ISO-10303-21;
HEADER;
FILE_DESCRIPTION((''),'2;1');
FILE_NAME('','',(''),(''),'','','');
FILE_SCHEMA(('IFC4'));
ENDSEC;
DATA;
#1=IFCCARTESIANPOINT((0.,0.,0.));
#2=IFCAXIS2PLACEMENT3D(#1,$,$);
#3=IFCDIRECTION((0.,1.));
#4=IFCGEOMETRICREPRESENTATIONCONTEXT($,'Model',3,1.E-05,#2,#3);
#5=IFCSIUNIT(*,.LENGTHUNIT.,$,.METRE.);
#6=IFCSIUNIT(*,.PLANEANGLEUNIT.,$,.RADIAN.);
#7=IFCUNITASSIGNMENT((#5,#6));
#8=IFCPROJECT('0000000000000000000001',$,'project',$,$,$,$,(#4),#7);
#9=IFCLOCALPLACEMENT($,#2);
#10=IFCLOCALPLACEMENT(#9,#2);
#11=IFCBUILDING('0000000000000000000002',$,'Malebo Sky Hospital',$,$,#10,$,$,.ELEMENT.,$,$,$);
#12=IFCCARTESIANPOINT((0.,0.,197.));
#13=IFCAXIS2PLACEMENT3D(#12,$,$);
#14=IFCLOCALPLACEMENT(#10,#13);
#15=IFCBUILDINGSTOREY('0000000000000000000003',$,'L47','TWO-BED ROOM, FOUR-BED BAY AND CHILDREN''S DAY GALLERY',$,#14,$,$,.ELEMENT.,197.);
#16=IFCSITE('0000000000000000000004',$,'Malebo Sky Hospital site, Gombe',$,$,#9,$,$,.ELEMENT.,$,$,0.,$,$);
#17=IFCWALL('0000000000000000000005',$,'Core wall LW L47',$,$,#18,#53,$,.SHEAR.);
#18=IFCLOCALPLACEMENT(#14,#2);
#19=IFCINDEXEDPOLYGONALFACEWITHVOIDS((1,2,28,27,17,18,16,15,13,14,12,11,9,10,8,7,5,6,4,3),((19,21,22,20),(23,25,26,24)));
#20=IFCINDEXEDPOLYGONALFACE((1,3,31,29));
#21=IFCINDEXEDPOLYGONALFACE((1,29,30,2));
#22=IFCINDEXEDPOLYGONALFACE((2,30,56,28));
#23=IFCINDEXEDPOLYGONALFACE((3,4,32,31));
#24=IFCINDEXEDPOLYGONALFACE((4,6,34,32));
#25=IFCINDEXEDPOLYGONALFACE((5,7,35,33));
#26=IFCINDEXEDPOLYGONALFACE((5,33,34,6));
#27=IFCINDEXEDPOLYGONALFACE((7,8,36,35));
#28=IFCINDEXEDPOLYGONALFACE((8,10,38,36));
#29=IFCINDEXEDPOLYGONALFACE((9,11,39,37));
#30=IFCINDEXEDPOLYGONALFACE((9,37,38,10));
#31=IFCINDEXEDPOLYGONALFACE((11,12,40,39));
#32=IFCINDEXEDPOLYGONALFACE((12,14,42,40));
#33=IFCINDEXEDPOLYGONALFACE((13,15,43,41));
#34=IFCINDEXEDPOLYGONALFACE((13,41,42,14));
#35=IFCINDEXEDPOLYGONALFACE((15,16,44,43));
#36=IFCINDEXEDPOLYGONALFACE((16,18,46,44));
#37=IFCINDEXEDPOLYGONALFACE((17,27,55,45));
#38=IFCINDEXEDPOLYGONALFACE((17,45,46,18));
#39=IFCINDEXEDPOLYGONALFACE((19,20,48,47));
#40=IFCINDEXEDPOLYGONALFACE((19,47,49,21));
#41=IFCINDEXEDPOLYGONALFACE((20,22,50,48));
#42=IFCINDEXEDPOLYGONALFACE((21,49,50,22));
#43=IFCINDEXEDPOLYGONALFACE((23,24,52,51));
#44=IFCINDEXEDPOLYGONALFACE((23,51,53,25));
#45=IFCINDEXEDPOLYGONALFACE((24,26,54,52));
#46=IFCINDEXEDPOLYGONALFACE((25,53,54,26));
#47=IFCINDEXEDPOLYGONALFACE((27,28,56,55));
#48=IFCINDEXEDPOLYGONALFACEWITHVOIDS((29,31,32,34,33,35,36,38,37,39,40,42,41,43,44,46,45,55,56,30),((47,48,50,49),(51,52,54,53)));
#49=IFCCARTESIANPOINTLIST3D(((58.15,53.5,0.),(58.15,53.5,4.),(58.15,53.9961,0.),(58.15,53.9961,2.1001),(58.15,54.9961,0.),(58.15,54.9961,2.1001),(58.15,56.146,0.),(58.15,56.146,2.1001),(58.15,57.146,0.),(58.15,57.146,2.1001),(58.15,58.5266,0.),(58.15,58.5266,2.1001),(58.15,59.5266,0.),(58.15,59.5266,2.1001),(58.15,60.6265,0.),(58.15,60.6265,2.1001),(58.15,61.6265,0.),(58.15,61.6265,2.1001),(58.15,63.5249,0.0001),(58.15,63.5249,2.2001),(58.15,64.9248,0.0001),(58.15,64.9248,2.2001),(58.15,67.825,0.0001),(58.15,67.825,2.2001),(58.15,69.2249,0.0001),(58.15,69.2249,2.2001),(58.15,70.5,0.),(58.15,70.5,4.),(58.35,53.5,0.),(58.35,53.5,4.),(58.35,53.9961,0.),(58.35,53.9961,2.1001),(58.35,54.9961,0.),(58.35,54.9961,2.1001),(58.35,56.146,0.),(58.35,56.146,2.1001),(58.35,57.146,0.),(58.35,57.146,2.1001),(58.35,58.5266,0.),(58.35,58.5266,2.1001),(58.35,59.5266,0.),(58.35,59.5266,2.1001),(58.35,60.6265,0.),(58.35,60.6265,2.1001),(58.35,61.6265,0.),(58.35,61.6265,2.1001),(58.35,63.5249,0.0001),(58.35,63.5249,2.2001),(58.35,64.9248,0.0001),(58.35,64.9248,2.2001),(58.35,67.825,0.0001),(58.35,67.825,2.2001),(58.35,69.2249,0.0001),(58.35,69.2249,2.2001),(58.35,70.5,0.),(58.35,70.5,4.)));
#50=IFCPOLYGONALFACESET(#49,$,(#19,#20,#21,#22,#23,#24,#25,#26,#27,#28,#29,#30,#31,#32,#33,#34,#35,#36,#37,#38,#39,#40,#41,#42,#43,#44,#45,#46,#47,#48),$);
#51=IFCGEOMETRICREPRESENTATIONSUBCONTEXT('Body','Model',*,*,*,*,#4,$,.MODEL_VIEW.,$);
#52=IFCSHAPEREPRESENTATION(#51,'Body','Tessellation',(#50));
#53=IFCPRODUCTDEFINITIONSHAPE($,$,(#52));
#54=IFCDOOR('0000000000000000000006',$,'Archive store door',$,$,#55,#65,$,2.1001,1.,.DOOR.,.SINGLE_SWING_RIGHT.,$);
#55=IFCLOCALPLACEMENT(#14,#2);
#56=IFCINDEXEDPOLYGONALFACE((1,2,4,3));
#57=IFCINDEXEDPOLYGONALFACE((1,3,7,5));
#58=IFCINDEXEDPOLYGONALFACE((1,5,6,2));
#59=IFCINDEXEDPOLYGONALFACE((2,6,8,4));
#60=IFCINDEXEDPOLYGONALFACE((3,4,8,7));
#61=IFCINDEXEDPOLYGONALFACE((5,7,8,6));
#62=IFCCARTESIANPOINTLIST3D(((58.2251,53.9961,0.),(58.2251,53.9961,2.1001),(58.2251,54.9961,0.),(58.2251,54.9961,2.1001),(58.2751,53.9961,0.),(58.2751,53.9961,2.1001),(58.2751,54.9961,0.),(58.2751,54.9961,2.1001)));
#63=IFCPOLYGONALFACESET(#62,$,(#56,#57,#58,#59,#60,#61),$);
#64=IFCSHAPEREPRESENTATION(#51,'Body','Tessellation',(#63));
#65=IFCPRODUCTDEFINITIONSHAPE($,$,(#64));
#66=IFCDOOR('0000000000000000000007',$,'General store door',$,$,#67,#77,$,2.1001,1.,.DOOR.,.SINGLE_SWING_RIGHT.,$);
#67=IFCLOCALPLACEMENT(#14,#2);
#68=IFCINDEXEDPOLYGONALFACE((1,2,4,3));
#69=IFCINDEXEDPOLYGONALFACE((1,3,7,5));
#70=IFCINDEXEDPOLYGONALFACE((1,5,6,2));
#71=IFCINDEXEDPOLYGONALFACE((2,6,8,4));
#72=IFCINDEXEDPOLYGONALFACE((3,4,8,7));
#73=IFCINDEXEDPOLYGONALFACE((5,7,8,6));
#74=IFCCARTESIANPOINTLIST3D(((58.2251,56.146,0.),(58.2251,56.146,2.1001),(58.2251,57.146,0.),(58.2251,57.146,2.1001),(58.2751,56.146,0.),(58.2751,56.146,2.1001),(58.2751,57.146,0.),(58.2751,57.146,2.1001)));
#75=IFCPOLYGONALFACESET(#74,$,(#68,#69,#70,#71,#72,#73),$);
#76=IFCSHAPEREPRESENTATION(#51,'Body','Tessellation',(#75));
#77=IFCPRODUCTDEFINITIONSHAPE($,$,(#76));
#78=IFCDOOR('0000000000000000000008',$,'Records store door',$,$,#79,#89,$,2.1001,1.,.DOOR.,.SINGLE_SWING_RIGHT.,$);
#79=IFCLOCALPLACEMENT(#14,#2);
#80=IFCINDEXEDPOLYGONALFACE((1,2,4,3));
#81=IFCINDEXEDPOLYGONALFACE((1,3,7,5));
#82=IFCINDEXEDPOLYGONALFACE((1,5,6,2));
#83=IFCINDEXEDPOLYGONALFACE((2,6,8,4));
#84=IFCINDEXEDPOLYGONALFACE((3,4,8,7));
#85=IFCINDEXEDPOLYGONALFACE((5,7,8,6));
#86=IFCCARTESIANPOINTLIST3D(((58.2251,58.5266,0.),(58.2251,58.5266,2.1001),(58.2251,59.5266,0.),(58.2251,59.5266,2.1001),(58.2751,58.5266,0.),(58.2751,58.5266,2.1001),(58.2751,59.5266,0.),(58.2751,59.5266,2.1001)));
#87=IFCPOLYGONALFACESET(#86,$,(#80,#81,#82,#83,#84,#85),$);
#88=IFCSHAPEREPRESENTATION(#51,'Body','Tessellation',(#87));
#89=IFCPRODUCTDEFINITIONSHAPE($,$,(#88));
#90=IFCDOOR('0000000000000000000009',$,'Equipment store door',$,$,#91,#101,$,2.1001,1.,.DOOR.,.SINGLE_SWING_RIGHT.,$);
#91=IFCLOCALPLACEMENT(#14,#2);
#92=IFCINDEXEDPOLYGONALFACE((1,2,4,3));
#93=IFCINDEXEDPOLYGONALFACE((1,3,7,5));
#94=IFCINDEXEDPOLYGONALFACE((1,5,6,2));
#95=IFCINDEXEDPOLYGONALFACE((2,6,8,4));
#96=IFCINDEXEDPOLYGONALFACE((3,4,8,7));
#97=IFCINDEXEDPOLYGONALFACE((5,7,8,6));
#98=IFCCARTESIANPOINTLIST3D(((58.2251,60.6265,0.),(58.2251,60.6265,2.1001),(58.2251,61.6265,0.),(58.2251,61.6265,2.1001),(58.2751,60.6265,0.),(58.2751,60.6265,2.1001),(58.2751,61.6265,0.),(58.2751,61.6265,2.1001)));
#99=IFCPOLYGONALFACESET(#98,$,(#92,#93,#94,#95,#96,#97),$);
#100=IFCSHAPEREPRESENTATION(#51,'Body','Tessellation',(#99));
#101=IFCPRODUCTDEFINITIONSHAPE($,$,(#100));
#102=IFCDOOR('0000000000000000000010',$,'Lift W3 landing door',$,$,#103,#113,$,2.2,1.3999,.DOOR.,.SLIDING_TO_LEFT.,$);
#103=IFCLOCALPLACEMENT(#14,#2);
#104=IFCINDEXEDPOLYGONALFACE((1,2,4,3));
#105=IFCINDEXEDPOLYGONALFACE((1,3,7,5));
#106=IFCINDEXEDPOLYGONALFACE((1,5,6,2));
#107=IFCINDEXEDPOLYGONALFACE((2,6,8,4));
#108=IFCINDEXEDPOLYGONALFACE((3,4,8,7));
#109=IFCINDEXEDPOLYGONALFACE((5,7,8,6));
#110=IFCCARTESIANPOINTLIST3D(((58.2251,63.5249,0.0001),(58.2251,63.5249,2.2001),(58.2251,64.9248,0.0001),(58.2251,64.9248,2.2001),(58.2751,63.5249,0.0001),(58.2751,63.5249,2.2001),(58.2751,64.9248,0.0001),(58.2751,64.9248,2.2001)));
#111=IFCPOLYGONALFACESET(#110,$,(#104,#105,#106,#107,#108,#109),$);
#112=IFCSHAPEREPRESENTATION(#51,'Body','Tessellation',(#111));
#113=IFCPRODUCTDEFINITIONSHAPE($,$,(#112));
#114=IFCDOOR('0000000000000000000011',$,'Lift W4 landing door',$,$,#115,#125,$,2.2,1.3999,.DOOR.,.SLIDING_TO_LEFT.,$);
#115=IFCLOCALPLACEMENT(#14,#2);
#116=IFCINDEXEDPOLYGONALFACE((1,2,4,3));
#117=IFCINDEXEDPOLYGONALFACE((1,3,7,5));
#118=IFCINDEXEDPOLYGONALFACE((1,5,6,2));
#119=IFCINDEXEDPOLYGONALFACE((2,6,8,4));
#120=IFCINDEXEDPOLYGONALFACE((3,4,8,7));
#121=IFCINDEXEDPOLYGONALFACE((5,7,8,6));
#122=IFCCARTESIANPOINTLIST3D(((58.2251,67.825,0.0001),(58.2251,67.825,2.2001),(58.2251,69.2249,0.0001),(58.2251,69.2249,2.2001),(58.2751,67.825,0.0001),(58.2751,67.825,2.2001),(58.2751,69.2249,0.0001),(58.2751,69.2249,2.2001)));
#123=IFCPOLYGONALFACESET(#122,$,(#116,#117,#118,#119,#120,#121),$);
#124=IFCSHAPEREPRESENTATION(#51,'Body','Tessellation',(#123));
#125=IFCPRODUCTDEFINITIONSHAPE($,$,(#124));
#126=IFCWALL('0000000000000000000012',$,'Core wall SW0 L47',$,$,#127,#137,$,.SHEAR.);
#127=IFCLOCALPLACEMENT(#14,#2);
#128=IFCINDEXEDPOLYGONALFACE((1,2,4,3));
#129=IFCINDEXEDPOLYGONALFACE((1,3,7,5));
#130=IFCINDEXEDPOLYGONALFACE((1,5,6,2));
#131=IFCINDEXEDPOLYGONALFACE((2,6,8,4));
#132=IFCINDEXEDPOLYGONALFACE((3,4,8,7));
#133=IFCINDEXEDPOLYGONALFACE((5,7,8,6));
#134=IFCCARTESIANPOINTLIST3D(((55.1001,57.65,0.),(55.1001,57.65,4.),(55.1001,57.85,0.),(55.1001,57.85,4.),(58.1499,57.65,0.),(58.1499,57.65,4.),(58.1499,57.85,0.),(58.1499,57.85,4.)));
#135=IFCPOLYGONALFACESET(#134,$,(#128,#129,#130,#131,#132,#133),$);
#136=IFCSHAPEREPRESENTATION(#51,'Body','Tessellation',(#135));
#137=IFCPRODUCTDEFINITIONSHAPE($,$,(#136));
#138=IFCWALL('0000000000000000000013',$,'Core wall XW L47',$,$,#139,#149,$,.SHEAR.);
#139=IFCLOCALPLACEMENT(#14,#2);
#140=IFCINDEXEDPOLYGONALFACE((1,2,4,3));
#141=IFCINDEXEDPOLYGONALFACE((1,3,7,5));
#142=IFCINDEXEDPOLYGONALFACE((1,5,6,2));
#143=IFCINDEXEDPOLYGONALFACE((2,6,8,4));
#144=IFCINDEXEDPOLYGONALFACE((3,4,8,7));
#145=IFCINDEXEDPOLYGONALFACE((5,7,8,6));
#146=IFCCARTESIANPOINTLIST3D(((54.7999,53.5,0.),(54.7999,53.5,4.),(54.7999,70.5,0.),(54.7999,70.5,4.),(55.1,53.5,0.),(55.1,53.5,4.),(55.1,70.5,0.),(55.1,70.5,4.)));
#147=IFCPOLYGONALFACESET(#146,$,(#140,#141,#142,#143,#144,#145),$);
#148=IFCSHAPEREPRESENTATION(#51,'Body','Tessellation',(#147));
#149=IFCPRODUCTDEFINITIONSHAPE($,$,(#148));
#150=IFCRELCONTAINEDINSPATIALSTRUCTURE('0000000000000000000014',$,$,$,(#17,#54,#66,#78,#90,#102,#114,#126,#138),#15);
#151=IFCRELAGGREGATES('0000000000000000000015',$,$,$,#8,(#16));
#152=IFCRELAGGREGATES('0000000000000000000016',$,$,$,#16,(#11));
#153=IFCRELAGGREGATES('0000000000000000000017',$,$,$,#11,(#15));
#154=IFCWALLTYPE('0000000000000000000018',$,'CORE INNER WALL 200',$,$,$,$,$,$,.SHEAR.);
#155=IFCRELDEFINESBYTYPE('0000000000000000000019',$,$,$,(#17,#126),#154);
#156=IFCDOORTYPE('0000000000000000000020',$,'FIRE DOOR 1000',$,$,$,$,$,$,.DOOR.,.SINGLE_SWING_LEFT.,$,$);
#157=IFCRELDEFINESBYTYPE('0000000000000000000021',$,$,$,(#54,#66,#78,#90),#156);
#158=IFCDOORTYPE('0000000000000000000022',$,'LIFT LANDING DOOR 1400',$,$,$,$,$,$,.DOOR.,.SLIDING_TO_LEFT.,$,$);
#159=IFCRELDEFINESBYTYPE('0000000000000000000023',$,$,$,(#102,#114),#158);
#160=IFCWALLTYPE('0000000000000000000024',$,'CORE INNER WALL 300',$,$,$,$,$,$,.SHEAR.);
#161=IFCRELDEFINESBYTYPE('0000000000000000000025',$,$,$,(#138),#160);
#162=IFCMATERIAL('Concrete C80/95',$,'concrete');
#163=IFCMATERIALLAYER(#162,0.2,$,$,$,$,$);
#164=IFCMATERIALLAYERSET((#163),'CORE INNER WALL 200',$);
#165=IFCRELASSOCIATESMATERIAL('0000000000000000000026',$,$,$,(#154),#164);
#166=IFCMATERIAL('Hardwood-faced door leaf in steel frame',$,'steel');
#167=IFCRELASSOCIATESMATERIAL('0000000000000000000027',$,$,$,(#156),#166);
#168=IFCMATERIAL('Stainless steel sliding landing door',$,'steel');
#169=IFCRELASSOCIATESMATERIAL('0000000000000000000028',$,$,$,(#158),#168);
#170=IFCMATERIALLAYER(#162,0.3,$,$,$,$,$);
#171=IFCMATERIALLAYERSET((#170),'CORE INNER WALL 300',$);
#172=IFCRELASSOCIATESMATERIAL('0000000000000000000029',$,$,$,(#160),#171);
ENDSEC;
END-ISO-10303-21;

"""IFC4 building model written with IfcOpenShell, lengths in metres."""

from ifc_helpers import new_model, si_unit, direction, frame, frame_2d, origin, place, context, subcontext, project, spatial, rectangle, extrude, material, layer, layer_set, type_object, element, fill, save


model = new_model("IFC4")

# Units and contexts
model_context = context("Model", 3, precision=1e-05, world=origin(), true_north=direction((0.0, 1.0)))
body_context = subcontext(model_context, "Body", "Model", "MODEL_VIEW")
ifc_project = project(units=[si_unit("LENGTHUNIT", "METRE"), si_unit("PLANEANGLEUNIT", "RADIAN")], contexts=[model_context])

# Site, building, storey
site_placement = place(None, origin())
site = spatial("IfcSite", under=ifc_project, at=site_placement, Name="Malebo Sky Hospital site, Gombe", CompositionType="ELEMENT", RefElevation=0.0)
building_placement = place(site_placement, origin())
building = spatial("IfcBuilding", under=site, at=building_placement, Name="Malebo Sky Hospital", CompositionType="ELEMENT")
storey_placement = place(building_placement, frame((0.0, 0.0, 197.0)))
storey = spatial("IfcBuildingStorey", under=building, at=storey_placement, Name="L47", Description="TWO-BED ROOM, FOUR-BED BAY AND CHILDREN'S DAY GALLERY", CompositionType="ELEMENT", Elevation=197.0)

# Wall, openings, doors
ifc_material_1 = material(Name="Concrete C80/95", Category="concrete")
ifc_layer_1 = layer(ifc_material_1, 0.2)
ifc_layer_set_1 = layer_set([ifc_layer_1], Name="CORE INNER WALL 200")
wall_type_1 = type_object("IfcWallType", Name="CORE INNER WALL 200", PredefinedType="SHEAR", material=ifc_layer_set_1)
wall_1_placement = place(storey_placement, frame((58.25, 53.5, 0.0), z_axis=(0.0, 0.0, 1.0), x_axis=(0.0, 1.0, 0.0)))
wall_1 = element("IfcWall", 1, at=wall_1_placement, inside=storey, type_object=wall_type_1, Name="Core wall LW L47", PredefinedType="SHEAR", context=body_context, shape_type="SweptSolid", body=[
    extrude(rectangle(XDim=17.0, YDim=0.2, at=frame_2d((8.5, 0.0))), origin(), (0.0, 0.0, 1.0), 4.0),
])
opening_1_placement = place(wall_1_placement, frame((0.4961, 0.0, 0.0)))
opening_1 = element("IfcOpeningElement", 2, at=opening_1_placement, cuts=wall_1, PredefinedType="OPENING", context=body_context, shape_type="SweptSolid", body=[
    extrude(rectangle(XDim=1.0, YDim=2.1001, at=frame_2d((0.5, 1.05))), frame((0.0, 0.1099, 0.0), z_axis=(0.0, -1.0, 0.0), x_axis=(1.0, 0.0, 0.0)), (0.0, 0.0, 1.0), 0.22),
])
opening_2_placement = place(wall_1_placement, frame((2.646, 0.0, 0.0)))
opening_2 = element("IfcOpeningElement", 3, at=opening_2_placement, cuts=wall_1, PredefinedType="OPENING", context=body_context, shape_type="SweptSolid", body=[
    extrude(rectangle(XDim=1.0, YDim=2.1001, at=frame_2d((0.5, 1.05))), frame((0.0, 0.1099, 0.0), z_axis=(0.0, -1.0, 0.0), x_axis=(1.0, 0.0, 0.0)), (0.0, 0.0, 1.0), 0.22),
])
opening_3_placement = place(wall_1_placement, frame((5.0266, 0.0, 0.0)))
opening_3 = element("IfcOpeningElement", 4, at=opening_3_placement, cuts=wall_1, PredefinedType="OPENING", context=body_context, shape_type="SweptSolid", body=[
    extrude(rectangle(XDim=1.0, YDim=2.1001, at=frame_2d((0.5, 1.05))), frame((0.0, 0.1099, 0.0), z_axis=(0.0, -1.0, 0.0), x_axis=(1.0, 0.0, 0.0)), (0.0, 0.0, 1.0), 0.22),
])
opening_4_placement = place(wall_1_placement, frame((7.1265, 0.0, 0.0)))
opening_4 = element("IfcOpeningElement", 5, at=opening_4_placement, cuts=wall_1, PredefinedType="OPENING", context=body_context, shape_type="SweptSolid", body=[
    extrude(rectangle(XDim=1.0, YDim=2.1001, at=frame_2d((0.5, 1.05))), frame((0.0, 0.1099, 0.0), z_axis=(0.0, -1.0, 0.0), x_axis=(1.0, 0.0, 0.0)), (0.0, 0.0, 1.0), 0.22),
])
opening_5_placement = place(wall_1_placement, frame((10.0249, 0.0, 0.0)))
opening_5 = element("IfcOpeningElement", 6, at=opening_5_placement, cuts=wall_1, PredefinedType="OPENING", context=body_context, shape_type="SweptSolid", body=[
    extrude(rectangle(XDim=1.3999, YDim=2.2, at=frame_2d((0.7, 1.1001))), frame((0.0, 0.1099, 0.0), z_axis=(0.0, -1.0, 0.0), x_axis=(1.0, 0.0, 0.0)), (0.0, 0.0, 1.0), 0.22),
])
opening_6_placement = place(wall_1_placement, frame((14.325, 0.0, 0.0)))
opening_6 = element("IfcOpeningElement", 7, at=opening_6_placement, cuts=wall_1, PredefinedType="OPENING", context=body_context, shape_type="SweptSolid", body=[
    extrude(rectangle(XDim=1.3999, YDim=2.2, at=frame_2d((0.7, 1.1001))), frame((0.0, 0.1099, 0.0), z_axis=(0.0, -1.0, 0.0), x_axis=(1.0, 0.0, 0.0)), (0.0, 0.0, 1.0), 0.22),
])
ifc_material_2 = material(Name="Hardwood-faced door leaf in steel frame", Category="steel")
door_type_1 = type_object("IfcDoorType", Name="FIRE DOOR 1000", OperationType="SINGLE_SWING_LEFT", PredefinedType="DOOR", material=ifc_material_2)
door_1_placement = place(opening_1_placement, origin())
door_1 = element("IfcDoor", 8, at=door_1_placement, inside=storey, type_object=door_type_1, Name="Archive store door", OperationType="SINGLE_SWING_RIGHT", OverallHeight=2.1001, OverallWidth=1.0, PredefinedType="DOOR", context=body_context, shape_type="SweptSolid", body=[
    extrude(rectangle(XDim=1.0, YDim=2.1001, at=frame_2d((0.5, 1.05))), frame((0.0, 0.0249, 0.0), z_axis=(0.0, -1.0, 0.0), x_axis=(1.0, 0.0, 0.0)), (0.0, 0.0, 1.0), 0.05),
])
fill(opening_1, door_1)
door_2_placement = place(opening_2_placement, origin())
door_2 = element("IfcDoor", 9, at=door_2_placement, inside=storey, type_object=door_type_1, Name="General store door", OperationType="SINGLE_SWING_RIGHT", OverallHeight=2.1001, OverallWidth=1.0, PredefinedType="DOOR", context=body_context, shape_type="SweptSolid", body=[
    extrude(rectangle(XDim=1.0, YDim=2.1001, at=frame_2d((0.5, 1.05))), frame((0.0, 0.0249, 0.0), z_axis=(0.0, -1.0, 0.0), x_axis=(1.0, 0.0, 0.0)), (0.0, 0.0, 1.0), 0.05),
])
fill(opening_2, door_2)
door_3_placement = place(opening_3_placement, origin())
door_3 = element("IfcDoor", 10, at=door_3_placement, inside=storey, type_object=door_type_1, Name="Records store door", OperationType="SINGLE_SWING_RIGHT", OverallHeight=2.1001, OverallWidth=1.0, PredefinedType="DOOR", context=body_context, shape_type="SweptSolid", body=[
    extrude(rectangle(XDim=1.0, YDim=2.1001, at=frame_2d((0.5, 1.05))), frame((0.0, 0.0249, 0.0), z_axis=(0.0, -1.0, 0.0), x_axis=(1.0, 0.0, 0.0)), (0.0, 0.0, 1.0), 0.05),
])
fill(opening_3, door_3)
door_4_placement = place(opening_4_placement, origin())
door_4 = element("IfcDoor", 11, at=door_4_placement, inside=storey, type_object=door_type_1, Name="Equipment store door", OperationType="SINGLE_SWING_RIGHT", OverallHeight=2.1001, OverallWidth=1.0, PredefinedType="DOOR", context=body_context, shape_type="SweptSolid", body=[
    extrude(rectangle(XDim=1.0, YDim=2.1001, at=frame_2d((0.5, 1.05))), frame((0.0, 0.0249, 0.0), z_axis=(0.0, -1.0, 0.0), x_axis=(1.0, 0.0, 0.0)), (0.0, 0.0, 1.0), 0.05),
])
fill(opening_4, door_4)
ifc_material_3 = material(Name="Stainless steel sliding landing door", Category="steel")
door_type_2 = type_object("IfcDoorType", Name="LIFT LANDING DOOR 1400", OperationType="SLIDING_TO_LEFT", PredefinedType="DOOR", material=ifc_material_3)
door_5_placement = place(opening_5_placement, origin())
door_5 = element("IfcDoor", 12, at=door_5_placement, inside=storey, type_object=door_type_2, Name="Lift W3 landing door", OperationType="SLIDING_TO_LEFT", OverallHeight=2.2, OverallWidth=1.3999, PredefinedType="DOOR", context=body_context, shape_type="SweptSolid", body=[
    extrude(rectangle(XDim=1.3999, YDim=2.2, at=frame_2d((0.7, 1.1001))), frame((0.0, 0.0249, 0.0), z_axis=(0.0, -1.0, 0.0), x_axis=(1.0, 0.0, 0.0)), (0.0, 0.0, 1.0), 0.05),
])
fill(opening_5, door_5)
door_6_placement = place(opening_6_placement, origin())
door_6 = element("IfcDoor", 13, at=door_6_placement, inside=storey, type_object=door_type_2, Name="Lift W4 landing door", OperationType="SLIDING_TO_LEFT", OverallHeight=2.2, OverallWidth=1.3999, PredefinedType="DOOR", context=body_context, shape_type="SweptSolid", body=[
    extrude(rectangle(XDim=1.3999, YDim=2.2, at=frame_2d((0.7, 1.1001))), frame((0.0, 0.0249, 0.0), z_axis=(0.0, -1.0, 0.0), x_axis=(1.0, 0.0, 0.0)), (0.0, 0.0, 1.0), 0.05),
])
fill(opening_6, door_6)

# Walls
wall_2_placement = place(storey_placement, frame((55.1001, 57.75, 0.0), z_axis=(0.0, 0.0, 1.0), x_axis=(1.0, 0.0, 0.0)))
element("IfcWall", 14, at=wall_2_placement, inside=storey, type_object=wall_type_1, Name="Core wall SW0 L47", PredefinedType="SHEAR", context=body_context, shape_type="SweptSolid", body=[
    extrude(rectangle(XDim=3.0498, YDim=0.2, at=frame_2d((1.5249, 0.0))), origin(), (0.0, 0.0, 1.0), 4.0),
])
ifc_layer_2 = layer(ifc_material_1, 0.3)
ifc_layer_set_2 = layer_set([ifc_layer_2], Name="CORE INNER WALL 300")
wall_type_2 = type_object("IfcWallType", Name="CORE INNER WALL 300", PredefinedType="SHEAR", material=ifc_layer_set_2)
wall_3_placement = place(storey_placement, frame((54.95, 53.5, 0.0), z_axis=(0.0, 0.0, 1.0), x_axis=(0.0, 1.0, 0.0)))
element("IfcWall", 15, at=wall_3_placement, inside=storey, type_object=wall_type_2, Name="Core wall XW L47", PredefinedType="SHEAR", context=body_context, shape_type="SweptSolid", body=[
    extrude(rectangle(XDim=17.0, YDim=0.3, at=frame_2d((8.5, 0.0))), origin(), (0.0, 0.0, 1.0), 4.0),
])

save(model, "model.ifc")
